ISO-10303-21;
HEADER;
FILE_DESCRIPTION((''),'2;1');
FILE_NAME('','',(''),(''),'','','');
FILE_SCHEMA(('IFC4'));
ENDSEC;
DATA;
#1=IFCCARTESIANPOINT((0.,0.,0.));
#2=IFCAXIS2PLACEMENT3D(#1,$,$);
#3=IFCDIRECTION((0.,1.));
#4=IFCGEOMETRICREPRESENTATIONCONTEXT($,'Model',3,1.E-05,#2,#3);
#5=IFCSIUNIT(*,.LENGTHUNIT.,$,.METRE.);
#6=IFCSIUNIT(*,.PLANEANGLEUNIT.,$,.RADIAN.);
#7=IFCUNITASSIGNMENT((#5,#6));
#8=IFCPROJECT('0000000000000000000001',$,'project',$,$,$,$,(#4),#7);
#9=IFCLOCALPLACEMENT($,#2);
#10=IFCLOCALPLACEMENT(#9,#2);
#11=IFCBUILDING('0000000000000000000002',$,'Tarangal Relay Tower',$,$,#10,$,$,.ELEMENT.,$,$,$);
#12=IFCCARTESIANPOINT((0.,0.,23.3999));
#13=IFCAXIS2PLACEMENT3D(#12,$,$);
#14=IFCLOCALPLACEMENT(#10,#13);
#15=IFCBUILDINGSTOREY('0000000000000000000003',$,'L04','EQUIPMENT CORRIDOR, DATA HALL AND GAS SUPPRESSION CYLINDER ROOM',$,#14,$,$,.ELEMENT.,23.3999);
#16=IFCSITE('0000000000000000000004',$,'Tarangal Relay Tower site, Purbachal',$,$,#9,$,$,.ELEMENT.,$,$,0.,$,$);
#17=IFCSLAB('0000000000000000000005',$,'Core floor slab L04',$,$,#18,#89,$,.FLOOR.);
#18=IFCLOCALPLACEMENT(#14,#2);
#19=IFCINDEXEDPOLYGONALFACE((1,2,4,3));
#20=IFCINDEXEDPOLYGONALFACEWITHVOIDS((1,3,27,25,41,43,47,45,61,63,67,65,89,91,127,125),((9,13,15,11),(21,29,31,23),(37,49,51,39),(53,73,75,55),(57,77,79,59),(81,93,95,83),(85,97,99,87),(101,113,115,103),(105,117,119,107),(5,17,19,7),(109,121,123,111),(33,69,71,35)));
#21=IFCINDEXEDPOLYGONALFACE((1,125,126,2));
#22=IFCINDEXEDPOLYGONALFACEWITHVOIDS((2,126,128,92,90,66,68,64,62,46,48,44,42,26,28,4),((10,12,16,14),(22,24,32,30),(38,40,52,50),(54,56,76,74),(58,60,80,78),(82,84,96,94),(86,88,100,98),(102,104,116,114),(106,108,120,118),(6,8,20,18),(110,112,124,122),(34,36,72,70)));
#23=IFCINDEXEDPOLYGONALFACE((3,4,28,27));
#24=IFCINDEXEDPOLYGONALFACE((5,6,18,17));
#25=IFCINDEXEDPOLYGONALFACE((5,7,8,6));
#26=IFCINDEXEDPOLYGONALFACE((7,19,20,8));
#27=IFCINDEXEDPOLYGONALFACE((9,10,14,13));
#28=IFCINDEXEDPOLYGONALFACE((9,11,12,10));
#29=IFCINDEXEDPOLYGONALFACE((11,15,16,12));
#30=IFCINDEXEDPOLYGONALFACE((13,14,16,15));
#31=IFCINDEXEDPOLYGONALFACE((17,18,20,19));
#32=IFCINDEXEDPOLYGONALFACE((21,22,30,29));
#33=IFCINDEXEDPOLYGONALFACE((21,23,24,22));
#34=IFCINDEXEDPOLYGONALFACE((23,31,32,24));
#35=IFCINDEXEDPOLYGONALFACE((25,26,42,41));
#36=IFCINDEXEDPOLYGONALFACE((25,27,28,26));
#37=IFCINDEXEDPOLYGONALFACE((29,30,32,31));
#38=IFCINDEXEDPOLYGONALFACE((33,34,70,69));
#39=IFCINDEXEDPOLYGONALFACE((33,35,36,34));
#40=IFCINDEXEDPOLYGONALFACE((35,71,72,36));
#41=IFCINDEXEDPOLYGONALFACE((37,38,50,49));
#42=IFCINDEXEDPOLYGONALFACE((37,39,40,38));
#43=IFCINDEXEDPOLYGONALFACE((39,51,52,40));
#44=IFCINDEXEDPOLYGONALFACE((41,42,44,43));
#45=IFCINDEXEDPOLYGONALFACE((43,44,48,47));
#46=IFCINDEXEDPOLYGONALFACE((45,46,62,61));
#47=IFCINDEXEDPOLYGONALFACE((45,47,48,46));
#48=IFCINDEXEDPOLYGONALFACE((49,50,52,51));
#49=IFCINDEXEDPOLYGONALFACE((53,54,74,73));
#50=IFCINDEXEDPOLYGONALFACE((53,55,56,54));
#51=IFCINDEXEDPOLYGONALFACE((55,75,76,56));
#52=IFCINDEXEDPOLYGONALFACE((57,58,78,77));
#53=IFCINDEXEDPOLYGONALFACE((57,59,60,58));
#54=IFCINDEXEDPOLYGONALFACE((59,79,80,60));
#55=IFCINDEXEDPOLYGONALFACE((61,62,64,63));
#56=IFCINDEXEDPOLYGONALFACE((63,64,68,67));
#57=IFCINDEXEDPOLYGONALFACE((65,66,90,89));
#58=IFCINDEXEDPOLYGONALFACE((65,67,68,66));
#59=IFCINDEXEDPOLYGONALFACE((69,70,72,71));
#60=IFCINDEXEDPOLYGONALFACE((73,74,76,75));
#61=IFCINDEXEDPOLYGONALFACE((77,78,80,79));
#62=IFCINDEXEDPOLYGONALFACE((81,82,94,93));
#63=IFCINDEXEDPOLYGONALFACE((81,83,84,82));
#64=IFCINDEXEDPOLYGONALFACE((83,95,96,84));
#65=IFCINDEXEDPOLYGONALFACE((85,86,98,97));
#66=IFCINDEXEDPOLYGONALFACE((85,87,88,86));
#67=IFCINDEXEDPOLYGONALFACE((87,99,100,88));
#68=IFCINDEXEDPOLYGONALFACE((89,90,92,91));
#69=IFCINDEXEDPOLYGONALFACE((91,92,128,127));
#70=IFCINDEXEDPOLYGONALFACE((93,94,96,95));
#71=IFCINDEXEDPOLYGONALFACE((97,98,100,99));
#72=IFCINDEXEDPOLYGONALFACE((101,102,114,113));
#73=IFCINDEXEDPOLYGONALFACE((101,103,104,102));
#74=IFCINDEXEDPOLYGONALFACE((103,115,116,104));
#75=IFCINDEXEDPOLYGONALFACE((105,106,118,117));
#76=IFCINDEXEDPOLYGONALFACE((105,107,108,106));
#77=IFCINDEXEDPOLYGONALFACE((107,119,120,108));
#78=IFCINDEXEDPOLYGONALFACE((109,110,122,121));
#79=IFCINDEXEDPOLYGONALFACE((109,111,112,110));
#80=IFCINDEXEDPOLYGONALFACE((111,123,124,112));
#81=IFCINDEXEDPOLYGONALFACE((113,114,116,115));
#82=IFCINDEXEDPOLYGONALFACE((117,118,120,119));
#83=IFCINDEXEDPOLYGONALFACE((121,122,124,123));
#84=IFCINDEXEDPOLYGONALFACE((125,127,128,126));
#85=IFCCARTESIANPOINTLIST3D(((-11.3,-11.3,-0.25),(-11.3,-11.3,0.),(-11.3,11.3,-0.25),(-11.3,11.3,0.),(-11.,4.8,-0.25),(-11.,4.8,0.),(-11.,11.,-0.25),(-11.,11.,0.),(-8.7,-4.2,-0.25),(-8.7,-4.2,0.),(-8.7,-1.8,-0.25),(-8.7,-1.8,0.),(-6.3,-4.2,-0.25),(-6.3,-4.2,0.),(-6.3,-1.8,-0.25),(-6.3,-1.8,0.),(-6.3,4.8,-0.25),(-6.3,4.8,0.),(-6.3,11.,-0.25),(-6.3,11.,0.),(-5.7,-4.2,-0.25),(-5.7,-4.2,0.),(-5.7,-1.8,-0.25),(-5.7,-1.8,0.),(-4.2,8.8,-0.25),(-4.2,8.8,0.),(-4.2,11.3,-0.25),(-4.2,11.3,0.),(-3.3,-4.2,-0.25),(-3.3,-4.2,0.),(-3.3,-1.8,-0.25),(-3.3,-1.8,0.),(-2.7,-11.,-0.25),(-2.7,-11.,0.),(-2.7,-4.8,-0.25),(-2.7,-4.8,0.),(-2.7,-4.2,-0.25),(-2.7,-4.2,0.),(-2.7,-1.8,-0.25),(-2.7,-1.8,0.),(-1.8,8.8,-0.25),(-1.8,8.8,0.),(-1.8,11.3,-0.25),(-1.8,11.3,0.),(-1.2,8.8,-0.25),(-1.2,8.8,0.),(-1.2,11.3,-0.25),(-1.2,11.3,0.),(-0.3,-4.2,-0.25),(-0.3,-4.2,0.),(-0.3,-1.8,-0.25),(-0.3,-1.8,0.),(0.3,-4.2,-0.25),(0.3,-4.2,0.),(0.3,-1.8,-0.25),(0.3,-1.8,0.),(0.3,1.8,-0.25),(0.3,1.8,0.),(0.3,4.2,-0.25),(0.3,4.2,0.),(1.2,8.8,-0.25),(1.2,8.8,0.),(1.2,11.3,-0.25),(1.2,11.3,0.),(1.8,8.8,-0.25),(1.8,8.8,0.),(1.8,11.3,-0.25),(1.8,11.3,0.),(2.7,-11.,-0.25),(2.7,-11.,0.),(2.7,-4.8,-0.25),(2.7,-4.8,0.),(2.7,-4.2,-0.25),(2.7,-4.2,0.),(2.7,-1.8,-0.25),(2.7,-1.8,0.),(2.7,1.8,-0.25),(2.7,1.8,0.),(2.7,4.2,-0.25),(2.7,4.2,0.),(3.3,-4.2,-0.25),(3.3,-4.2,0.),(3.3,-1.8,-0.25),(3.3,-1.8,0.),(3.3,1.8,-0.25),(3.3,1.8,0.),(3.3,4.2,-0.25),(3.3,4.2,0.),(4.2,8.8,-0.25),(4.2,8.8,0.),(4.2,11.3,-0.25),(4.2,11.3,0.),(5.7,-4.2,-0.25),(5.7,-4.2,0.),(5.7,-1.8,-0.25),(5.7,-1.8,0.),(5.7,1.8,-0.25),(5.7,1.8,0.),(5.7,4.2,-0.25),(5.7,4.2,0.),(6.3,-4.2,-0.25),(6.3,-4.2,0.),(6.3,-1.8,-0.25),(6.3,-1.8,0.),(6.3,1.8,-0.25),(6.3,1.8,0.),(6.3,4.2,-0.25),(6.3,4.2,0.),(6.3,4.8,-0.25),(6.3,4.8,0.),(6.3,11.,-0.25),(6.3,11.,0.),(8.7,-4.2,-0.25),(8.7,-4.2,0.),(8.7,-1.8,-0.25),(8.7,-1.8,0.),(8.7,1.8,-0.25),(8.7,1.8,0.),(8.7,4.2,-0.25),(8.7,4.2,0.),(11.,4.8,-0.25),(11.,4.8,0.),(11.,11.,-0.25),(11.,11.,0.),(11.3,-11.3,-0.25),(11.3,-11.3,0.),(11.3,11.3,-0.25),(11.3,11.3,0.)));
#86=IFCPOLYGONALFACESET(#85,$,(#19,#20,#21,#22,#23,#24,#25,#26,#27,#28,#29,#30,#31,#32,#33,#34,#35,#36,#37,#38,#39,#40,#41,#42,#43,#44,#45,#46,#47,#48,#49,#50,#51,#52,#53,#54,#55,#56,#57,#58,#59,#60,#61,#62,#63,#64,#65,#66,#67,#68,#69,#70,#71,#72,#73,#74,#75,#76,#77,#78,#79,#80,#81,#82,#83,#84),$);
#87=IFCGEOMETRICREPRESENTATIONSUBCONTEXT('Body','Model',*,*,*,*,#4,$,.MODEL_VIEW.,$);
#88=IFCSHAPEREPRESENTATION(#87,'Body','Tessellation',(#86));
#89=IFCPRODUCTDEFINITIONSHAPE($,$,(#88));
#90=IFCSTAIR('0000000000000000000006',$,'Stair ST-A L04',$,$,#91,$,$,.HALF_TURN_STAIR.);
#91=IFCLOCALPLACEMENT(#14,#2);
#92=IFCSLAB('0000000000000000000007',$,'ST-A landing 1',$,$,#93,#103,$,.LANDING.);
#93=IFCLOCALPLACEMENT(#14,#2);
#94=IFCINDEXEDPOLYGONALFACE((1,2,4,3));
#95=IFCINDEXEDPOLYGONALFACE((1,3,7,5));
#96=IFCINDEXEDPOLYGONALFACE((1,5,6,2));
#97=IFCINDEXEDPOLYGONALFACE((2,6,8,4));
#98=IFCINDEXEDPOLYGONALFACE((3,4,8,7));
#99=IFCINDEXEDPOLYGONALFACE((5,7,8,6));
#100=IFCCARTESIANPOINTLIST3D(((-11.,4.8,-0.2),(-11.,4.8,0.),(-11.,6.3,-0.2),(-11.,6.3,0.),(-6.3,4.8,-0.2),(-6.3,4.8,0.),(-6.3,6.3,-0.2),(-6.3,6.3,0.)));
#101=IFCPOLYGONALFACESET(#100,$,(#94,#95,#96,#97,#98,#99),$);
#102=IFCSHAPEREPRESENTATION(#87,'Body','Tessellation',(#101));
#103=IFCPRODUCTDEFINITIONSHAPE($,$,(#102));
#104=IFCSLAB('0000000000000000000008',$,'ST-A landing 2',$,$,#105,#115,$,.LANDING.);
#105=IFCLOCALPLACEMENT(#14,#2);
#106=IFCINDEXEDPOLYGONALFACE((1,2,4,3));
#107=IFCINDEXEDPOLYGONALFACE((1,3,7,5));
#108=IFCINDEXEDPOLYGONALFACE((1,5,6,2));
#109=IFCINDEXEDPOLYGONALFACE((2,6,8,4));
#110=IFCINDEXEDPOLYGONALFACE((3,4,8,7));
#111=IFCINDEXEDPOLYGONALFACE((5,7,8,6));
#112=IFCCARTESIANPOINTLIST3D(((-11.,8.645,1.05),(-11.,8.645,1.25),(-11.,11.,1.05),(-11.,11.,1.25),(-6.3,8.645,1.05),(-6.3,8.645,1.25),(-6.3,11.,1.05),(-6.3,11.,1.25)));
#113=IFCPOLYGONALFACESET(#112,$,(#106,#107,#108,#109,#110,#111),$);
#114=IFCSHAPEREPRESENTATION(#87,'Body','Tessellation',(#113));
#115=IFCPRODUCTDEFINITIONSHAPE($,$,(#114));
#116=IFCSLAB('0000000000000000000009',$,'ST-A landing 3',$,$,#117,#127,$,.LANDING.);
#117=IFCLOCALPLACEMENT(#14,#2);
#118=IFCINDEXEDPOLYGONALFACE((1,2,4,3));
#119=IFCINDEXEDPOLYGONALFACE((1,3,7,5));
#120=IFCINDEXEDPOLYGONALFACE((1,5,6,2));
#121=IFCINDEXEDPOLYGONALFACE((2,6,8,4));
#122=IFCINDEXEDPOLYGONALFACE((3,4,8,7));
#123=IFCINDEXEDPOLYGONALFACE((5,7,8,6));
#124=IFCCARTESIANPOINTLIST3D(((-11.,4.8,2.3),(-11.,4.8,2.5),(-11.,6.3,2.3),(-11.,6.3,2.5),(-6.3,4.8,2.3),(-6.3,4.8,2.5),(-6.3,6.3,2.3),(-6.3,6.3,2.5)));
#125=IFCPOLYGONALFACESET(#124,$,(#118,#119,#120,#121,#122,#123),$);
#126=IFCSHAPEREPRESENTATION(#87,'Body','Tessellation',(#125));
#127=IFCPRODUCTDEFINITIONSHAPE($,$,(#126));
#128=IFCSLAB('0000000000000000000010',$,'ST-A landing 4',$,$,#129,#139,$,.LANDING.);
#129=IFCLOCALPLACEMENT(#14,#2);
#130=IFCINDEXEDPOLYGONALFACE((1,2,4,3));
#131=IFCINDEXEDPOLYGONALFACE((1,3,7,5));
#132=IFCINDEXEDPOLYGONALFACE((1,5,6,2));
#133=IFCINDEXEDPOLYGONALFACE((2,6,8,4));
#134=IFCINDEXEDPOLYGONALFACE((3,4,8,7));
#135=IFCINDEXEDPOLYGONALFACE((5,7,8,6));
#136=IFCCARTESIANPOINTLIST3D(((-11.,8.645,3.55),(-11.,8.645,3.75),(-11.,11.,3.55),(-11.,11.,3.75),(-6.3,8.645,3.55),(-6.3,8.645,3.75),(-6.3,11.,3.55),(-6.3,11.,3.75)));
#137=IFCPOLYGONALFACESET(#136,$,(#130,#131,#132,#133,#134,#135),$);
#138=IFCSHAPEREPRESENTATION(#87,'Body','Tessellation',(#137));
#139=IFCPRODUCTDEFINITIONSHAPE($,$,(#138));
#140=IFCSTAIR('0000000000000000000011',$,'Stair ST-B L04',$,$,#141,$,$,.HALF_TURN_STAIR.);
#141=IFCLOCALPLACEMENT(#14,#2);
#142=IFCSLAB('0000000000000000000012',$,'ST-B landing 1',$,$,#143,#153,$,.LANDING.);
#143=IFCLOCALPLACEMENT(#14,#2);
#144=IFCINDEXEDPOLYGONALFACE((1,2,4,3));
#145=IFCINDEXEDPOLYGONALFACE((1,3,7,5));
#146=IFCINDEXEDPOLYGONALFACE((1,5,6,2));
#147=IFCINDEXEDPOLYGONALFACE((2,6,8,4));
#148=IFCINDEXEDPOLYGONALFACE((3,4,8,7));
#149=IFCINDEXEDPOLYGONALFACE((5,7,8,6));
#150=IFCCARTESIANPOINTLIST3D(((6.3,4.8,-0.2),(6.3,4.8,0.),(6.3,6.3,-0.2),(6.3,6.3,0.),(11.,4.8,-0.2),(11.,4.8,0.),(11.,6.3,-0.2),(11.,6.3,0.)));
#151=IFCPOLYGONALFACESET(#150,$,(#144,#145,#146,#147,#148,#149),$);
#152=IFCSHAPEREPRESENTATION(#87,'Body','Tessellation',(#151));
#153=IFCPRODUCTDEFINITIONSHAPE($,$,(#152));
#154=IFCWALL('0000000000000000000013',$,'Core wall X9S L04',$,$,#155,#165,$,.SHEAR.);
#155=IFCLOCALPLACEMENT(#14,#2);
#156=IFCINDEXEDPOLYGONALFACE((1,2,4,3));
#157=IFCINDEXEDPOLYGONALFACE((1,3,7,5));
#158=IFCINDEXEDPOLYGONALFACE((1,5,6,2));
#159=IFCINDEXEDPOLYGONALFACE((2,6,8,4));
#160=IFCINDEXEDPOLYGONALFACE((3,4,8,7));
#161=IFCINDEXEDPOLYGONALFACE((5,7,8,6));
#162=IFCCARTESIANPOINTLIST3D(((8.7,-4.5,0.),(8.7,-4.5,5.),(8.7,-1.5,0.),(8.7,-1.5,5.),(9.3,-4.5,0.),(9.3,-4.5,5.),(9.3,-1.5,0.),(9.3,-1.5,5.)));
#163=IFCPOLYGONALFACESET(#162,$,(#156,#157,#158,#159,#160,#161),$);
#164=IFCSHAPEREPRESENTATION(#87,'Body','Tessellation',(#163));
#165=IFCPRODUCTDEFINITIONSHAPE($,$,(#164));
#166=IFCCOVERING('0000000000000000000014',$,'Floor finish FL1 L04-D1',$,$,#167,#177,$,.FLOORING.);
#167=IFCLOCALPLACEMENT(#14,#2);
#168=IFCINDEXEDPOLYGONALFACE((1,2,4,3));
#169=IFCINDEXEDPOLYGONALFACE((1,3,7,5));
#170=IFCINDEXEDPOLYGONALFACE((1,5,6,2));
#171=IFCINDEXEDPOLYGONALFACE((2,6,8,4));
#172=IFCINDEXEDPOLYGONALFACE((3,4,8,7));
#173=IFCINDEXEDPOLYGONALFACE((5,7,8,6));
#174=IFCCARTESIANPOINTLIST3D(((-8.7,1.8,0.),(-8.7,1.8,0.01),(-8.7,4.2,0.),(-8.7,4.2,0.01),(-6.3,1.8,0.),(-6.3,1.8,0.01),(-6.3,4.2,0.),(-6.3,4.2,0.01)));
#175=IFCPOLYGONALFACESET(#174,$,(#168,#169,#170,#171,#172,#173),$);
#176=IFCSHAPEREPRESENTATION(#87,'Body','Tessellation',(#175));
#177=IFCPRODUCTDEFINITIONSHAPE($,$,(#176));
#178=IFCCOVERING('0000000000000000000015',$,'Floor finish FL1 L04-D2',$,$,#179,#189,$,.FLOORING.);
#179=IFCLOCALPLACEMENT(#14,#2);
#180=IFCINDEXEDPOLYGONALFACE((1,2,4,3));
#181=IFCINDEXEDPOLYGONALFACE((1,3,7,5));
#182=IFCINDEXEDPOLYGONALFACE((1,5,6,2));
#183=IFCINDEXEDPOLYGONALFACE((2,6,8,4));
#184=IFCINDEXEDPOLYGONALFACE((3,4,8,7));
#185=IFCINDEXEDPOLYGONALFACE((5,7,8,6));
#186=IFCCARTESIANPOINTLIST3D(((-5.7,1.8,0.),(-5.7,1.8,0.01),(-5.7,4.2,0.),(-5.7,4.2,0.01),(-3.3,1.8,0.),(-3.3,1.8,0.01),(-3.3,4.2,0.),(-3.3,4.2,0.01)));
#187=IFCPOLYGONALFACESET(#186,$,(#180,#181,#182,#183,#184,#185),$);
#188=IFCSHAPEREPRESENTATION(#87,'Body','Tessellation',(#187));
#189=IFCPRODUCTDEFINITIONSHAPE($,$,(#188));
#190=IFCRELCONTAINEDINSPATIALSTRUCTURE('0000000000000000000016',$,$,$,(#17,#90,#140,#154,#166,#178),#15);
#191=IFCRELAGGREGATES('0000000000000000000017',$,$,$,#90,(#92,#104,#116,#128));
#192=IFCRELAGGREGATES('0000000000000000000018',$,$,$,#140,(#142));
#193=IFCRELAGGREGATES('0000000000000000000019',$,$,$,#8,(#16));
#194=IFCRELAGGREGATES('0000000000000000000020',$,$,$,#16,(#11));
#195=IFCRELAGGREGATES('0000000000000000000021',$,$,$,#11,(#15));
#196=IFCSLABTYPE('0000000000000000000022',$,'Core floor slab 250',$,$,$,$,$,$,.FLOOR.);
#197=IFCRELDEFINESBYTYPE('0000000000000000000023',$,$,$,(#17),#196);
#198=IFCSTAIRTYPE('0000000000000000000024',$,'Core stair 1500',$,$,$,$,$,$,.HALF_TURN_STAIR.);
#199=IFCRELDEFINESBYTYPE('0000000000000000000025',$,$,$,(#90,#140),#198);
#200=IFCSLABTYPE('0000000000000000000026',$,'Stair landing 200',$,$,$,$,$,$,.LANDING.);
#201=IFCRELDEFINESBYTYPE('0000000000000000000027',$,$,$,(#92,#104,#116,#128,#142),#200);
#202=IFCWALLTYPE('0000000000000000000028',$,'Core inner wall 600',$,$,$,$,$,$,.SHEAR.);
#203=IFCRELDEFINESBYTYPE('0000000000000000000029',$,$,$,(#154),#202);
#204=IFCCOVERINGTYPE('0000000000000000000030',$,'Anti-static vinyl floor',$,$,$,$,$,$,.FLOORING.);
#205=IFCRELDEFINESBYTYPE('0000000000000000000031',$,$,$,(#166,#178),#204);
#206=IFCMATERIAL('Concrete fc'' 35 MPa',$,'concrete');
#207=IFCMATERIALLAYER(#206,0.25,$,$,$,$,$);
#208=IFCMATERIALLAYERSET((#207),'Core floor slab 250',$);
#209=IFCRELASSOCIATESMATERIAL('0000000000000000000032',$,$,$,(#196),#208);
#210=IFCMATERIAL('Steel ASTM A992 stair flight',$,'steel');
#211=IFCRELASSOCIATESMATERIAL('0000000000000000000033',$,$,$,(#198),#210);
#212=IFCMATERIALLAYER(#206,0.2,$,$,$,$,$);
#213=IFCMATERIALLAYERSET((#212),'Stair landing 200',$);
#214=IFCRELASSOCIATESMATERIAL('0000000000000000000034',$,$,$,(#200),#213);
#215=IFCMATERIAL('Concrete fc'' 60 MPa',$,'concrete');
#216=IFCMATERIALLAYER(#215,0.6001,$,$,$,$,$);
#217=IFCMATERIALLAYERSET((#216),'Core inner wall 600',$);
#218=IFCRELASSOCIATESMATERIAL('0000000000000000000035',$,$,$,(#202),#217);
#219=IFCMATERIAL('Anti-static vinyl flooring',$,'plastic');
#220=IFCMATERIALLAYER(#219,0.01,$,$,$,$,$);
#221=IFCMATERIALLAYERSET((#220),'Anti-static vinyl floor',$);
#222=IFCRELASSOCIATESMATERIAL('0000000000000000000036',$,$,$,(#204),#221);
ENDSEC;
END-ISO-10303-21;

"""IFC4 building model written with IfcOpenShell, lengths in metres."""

from ifc_helpers import new_model, si_unit, direction, frame, frame_2d, origin, place, context, subcontext, project, spatial, polyline, rectangle, outline, extrude, material, layer, layer_set, type_object, element, aggregate, save


model = new_model("IFC4")

# Units and contexts
model_context = context("Model", 3, precision=1e-05, world=origin(), true_north=direction((0.0, 1.0)))
body_context = subcontext(model_context, "Body", "Model", "MODEL_VIEW")
ifc_project = project(units=[si_unit("LENGTHUNIT", "METRE"), si_unit("PLANEANGLEUNIT", "RADIAN")], contexts=[model_context])

# Site, building, storey
site_placement = place(None, origin())
site = spatial("IfcSite", under=ifc_project, at=site_placement, Name="Tarangal Relay Tower site, Purbachal", CompositionType="ELEMENT", RefElevation=0.0)
building_placement = place(site_placement, origin())
building = spatial("IfcBuilding", under=site, at=building_placement, Name="Tarangal Relay Tower", CompositionType="ELEMENT")
storey_placement = place(building_placement, frame((0.0, 0.0, 23.3999)))
storey = spatial("IfcBuildingStorey", under=building, at=storey_placement, Name="L04", Description="EQUIPMENT CORRIDOR, DATA HALL AND GAS SUPPRESSION CYLINDER ROOM", CompositionType="ELEMENT", Elevation=23.3999)

# Slab
ifc_material_1 = material(Name="Concrete fc' 35 MPa", Category="concrete")
ifc_layer_1 = layer(ifc_material_1, 0.25)
ifc_layer_set_1 = layer_set([ifc_layer_1], Name="Core floor slab 250")
slab_type_1 = type_object("IfcSlabType", Name="Core floor slab 250", PredefinedType="FLOOR", material=ifc_layer_set_1)
slab_1_placement = place(storey_placement, frame((0.0, 0.0, -0.25)))
element("IfcSlab", 1, at=slab_1_placement, inside=storey, type_object=slab_type_1, Name="Core floor slab L04", PredefinedType="FLOOR", context=body_context, shape_type="SweptSolid", body=[
    extrude(outline(polyline([(11.3, 11.3), (11.3, -11.3), (-11.3, -11.3), (-11.3, 11.3), (-4.2, 11.3), (-4.2, 8.8), (-1.8, 8.8), (-1.8, 11.3), (-1.2, 11.3), (-1.2, 8.8), (1.2, 8.8), (1.2, 11.3), (1.8, 11.3), (1.8, 8.8), (4.2, 8.8), (4.2, 11.3), (11.3, 11.3)]), holes=[polyline([(2.7, -4.8), (-2.7, -4.8), (-2.7, -11.0), (2.7, -11.0), (2.7, -4.8)]), polyline([(-6.3, -4.2), (-6.3, -1.8), (-8.7, -1.8), (-8.7, -4.2), (-6.3, -4.2)]), polyline([(-3.3, -4.2), (-3.3, -1.8), (-5.7, -1.8), (-5.7, -4.2), (-3.3, -4.2)]), polyline([(-0.3, -4.2), (-0.3, -1.8), (-2.7, -1.8), (-2.7, -4.2), (-0.3, -4.2)]), polyline([(2.7, 1.8), (2.7, 4.2), (0.3, 4.2), (0.3, 1.8), (2.7, 1.8)]), polyline([(-6.3, 4.8), (-6.3, 11.0), (-11.0, 11.0), (-11.0, 4.8), (-6.3, 4.8)]), polyline([(2.7, -4.2), (2.7, -1.8), (0.3, -1.8), (0.3, -4.2), (2.7, -4.2)]), polyline([(5.7, -4.2), (5.7, -1.8), (3.3, -1.8), (3.3, -4.2), (5.7, -4.2)]), polyline([(8.7, -4.2), (8.7, -1.8), (6.3, -1.8), (6.3, -4.2), (8.7, -4.2)]), polyline([(5.7, 1.8), (5.7, 4.2), (3.3, 4.2), (3.3, 1.8), (5.7, 1.8)]), polyline([(8.7, 1.8), (8.7, 4.2), (6.3, 4.2), (6.3, 1.8), (8.7, 1.8)]), polyline([(11.0, 4.8), (11.0, 11.0), (6.3, 11.0), (6.3, 4.8), (11.0, 4.8)])]), origin(), (0.0, 0.0, 1.0), 0.25),
])

# Stair, slabs
ifc_material_2 = material(Name="Steel ASTM A992 stair flight", Category="steel")
stair_type = type_object("IfcStairType", Name="Core stair 1500", PredefinedType="HALF_TURN_STAIR", material=ifc_material_2)
stair_1_placement = place(storey_placement, origin())
stair_1 = element("IfcStair", 2, at=stair_1_placement, inside=storey, type_object=stair_type, Name="Stair ST-A L04", PredefinedType="HALF_TURN_STAIR")
ifc_layer_2 = layer(ifc_material_1, 0.2)
ifc_layer_set_2 = layer_set([ifc_layer_2], Name="Stair landing 200")
slab_type_2 = type_object("IfcSlabType", Name="Stair landing 200", PredefinedType="LANDING", material=ifc_layer_set_2)
slab_2_placement = place(storey_placement, frame((0.0, 0.0, -0.2)))
slab_2 = element("IfcSlab", 3, at=slab_2_placement, type_object=slab_type_2, Name="ST-A landing 1", PredefinedType="LANDING", context=body_context, shape_type="SweptSolid", body=[
    extrude(outline(polyline([(-11.0, 4.8), (-6.3, 4.8), (-6.3, 6.3), (-11.0, 6.3), (-11.0, 4.8)])), origin(), (0.0, 0.0, 1.0), 0.2),
])
slab_3_placement = place(storey_placement, frame((0.0, 0.0, 1.05)))
slab_3 = element("IfcSlab", 4, at=slab_3_placement, type_object=slab_type_2, Name="ST-A landing 2", PredefinedType="LANDING", context=body_context, shape_type="SweptSolid", body=[
    extrude(outline(polyline([(-11.0, 8.645), (-6.3, 8.645), (-6.3, 11.0), (-11.0, 11.0), (-11.0, 8.645)])), origin(), (0.0, 0.0, 1.0), 0.2),
])
slab_4_placement = place(storey_placement, frame((0.0, 0.0, 2.3)))
slab_4 = element("IfcSlab", 5, at=slab_4_placement, type_object=slab_type_2, Name="ST-A landing 3", PredefinedType="LANDING", context=body_context, shape_type="SweptSolid", body=[
    extrude(outline(polyline([(-11.0, 4.8), (-6.3, 4.8), (-6.3, 6.3), (-11.0, 6.3), (-11.0, 4.8)])), origin(), (0.0, 0.0, 1.0), 0.2),
])
slab_5_placement = place(storey_placement, frame((0.0, 0.0, 3.55)))
slab_5 = element("IfcSlab", 6, at=slab_5_placement, type_object=slab_type_2, Name="ST-A landing 4", PredefinedType="LANDING", context=body_context, shape_type="SweptSolid", body=[
    extrude(outline(polyline([(-11.0, 8.645), (-6.3, 8.645), (-6.3, 11.0), (-11.0, 11.0), (-11.0, 8.645)])), origin(), (0.0, 0.0, 1.0), 0.2),
])
aggregate(stair_1, [slab_2, slab_3, slab_4, slab_5])

# Stair, slab
stair_2_placement = place(storey_placement, origin())
stair_2 = element("IfcStair", 7, at=stair_2_placement, inside=storey, type_object=stair_type, Name="Stair ST-B L04", PredefinedType="HALF_TURN_STAIR")
slab_6_placement = place(storey_placement, frame((0.0, 0.0, -0.2)))
slab_6 = element("IfcSlab", 8, at=slab_6_placement, type_object=slab_type_2, Name="ST-B landing 1", PredefinedType="LANDING", context=body_context, shape_type="SweptSolid", body=[
    extrude(outline(polyline([(6.3, 4.8), (11.0, 4.8), (11.0, 6.3), (6.3, 6.3), (6.3, 4.8)])), origin(), (0.0, 0.0, 1.0), 0.2),
])
aggregate(stair_2, [slab_6])

# Wall
ifc_material_3 = material(Name="Concrete fc' 60 MPa", Category="concrete")
ifc_layer_3 = layer(ifc_material_3, 0.6001)
ifc_layer_set_3 = layer_set([ifc_layer_3], Name="Core inner wall 600")
wall_type = type_object("IfcWallType", Name="Core inner wall 600", PredefinedType="SHEAR", material=ifc_layer_set_3)
wall_placement = place(storey_placement, frame((9.0, -4.5, 0.0), z_axis=(0.0, 0.0, 1.0), x_axis=(0.0, 1.0, 0.0)))
element("IfcWall", 9, at=wall_placement, inside=storey, type_object=wall_type, Name="Core wall X9S L04", PredefinedType="SHEAR", context=body_context, shape_type="SweptSolid", body=[
    extrude(rectangle(XDim=3.0, YDim=0.6001, at=frame_2d((1.5, 0.0))), origin(), (0.0, 0.0, 1.0), 5.0),
])

# Coverings
ifc_material_4 = material(Name="Anti-static vinyl flooring", Category="plastic")
ifc_layer_4 = layer(ifc_material_4, 0.01)
ifc_layer_set_4 = layer_set([ifc_layer_4], Name="Anti-static vinyl floor")
covering_type_1 = type_object("IfcCoveringType", Name="Anti-static vinyl floor", PredefinedType="FLOORING", material=ifc_layer_set_4)
covering_1_placement = place(storey_placement, origin())
element("IfcCovering", 10, at=covering_1_placement, inside=storey, type_object=covering_type_1, Name="Floor finish FL1 L04-D1", PredefinedType="FLOORING", context=body_context, shape_type="SweptSolid", body=[
    extrude(outline(polyline([(-8.7, 1.8), (-6.3, 1.8), (-6.3, 4.2), (-8.7, 4.2), (-8.7, 1.8)])), origin(), (0.0, 0.0, 1.0), 0.01),
])
covering_2_placement = place(storey_placement, origin())
element("IfcCovering", 11, at=covering_2_placement, inside=storey, type_object=covering_type_1, Name="Floor finish FL1 L04-D2", PredefinedType="FLOORING", context=body_context, shape_type="SweptSolid", body=[
    extrude(outline(polyline([(-5.7, 1.8), (-3.3, 1.8), (-3.3, 4.2), (-5.7, 4.2), (-5.7, 1.8)])), origin(), (0.0, 0.0, 1.0), 0.01),
])

save(model, "model.ifc")
